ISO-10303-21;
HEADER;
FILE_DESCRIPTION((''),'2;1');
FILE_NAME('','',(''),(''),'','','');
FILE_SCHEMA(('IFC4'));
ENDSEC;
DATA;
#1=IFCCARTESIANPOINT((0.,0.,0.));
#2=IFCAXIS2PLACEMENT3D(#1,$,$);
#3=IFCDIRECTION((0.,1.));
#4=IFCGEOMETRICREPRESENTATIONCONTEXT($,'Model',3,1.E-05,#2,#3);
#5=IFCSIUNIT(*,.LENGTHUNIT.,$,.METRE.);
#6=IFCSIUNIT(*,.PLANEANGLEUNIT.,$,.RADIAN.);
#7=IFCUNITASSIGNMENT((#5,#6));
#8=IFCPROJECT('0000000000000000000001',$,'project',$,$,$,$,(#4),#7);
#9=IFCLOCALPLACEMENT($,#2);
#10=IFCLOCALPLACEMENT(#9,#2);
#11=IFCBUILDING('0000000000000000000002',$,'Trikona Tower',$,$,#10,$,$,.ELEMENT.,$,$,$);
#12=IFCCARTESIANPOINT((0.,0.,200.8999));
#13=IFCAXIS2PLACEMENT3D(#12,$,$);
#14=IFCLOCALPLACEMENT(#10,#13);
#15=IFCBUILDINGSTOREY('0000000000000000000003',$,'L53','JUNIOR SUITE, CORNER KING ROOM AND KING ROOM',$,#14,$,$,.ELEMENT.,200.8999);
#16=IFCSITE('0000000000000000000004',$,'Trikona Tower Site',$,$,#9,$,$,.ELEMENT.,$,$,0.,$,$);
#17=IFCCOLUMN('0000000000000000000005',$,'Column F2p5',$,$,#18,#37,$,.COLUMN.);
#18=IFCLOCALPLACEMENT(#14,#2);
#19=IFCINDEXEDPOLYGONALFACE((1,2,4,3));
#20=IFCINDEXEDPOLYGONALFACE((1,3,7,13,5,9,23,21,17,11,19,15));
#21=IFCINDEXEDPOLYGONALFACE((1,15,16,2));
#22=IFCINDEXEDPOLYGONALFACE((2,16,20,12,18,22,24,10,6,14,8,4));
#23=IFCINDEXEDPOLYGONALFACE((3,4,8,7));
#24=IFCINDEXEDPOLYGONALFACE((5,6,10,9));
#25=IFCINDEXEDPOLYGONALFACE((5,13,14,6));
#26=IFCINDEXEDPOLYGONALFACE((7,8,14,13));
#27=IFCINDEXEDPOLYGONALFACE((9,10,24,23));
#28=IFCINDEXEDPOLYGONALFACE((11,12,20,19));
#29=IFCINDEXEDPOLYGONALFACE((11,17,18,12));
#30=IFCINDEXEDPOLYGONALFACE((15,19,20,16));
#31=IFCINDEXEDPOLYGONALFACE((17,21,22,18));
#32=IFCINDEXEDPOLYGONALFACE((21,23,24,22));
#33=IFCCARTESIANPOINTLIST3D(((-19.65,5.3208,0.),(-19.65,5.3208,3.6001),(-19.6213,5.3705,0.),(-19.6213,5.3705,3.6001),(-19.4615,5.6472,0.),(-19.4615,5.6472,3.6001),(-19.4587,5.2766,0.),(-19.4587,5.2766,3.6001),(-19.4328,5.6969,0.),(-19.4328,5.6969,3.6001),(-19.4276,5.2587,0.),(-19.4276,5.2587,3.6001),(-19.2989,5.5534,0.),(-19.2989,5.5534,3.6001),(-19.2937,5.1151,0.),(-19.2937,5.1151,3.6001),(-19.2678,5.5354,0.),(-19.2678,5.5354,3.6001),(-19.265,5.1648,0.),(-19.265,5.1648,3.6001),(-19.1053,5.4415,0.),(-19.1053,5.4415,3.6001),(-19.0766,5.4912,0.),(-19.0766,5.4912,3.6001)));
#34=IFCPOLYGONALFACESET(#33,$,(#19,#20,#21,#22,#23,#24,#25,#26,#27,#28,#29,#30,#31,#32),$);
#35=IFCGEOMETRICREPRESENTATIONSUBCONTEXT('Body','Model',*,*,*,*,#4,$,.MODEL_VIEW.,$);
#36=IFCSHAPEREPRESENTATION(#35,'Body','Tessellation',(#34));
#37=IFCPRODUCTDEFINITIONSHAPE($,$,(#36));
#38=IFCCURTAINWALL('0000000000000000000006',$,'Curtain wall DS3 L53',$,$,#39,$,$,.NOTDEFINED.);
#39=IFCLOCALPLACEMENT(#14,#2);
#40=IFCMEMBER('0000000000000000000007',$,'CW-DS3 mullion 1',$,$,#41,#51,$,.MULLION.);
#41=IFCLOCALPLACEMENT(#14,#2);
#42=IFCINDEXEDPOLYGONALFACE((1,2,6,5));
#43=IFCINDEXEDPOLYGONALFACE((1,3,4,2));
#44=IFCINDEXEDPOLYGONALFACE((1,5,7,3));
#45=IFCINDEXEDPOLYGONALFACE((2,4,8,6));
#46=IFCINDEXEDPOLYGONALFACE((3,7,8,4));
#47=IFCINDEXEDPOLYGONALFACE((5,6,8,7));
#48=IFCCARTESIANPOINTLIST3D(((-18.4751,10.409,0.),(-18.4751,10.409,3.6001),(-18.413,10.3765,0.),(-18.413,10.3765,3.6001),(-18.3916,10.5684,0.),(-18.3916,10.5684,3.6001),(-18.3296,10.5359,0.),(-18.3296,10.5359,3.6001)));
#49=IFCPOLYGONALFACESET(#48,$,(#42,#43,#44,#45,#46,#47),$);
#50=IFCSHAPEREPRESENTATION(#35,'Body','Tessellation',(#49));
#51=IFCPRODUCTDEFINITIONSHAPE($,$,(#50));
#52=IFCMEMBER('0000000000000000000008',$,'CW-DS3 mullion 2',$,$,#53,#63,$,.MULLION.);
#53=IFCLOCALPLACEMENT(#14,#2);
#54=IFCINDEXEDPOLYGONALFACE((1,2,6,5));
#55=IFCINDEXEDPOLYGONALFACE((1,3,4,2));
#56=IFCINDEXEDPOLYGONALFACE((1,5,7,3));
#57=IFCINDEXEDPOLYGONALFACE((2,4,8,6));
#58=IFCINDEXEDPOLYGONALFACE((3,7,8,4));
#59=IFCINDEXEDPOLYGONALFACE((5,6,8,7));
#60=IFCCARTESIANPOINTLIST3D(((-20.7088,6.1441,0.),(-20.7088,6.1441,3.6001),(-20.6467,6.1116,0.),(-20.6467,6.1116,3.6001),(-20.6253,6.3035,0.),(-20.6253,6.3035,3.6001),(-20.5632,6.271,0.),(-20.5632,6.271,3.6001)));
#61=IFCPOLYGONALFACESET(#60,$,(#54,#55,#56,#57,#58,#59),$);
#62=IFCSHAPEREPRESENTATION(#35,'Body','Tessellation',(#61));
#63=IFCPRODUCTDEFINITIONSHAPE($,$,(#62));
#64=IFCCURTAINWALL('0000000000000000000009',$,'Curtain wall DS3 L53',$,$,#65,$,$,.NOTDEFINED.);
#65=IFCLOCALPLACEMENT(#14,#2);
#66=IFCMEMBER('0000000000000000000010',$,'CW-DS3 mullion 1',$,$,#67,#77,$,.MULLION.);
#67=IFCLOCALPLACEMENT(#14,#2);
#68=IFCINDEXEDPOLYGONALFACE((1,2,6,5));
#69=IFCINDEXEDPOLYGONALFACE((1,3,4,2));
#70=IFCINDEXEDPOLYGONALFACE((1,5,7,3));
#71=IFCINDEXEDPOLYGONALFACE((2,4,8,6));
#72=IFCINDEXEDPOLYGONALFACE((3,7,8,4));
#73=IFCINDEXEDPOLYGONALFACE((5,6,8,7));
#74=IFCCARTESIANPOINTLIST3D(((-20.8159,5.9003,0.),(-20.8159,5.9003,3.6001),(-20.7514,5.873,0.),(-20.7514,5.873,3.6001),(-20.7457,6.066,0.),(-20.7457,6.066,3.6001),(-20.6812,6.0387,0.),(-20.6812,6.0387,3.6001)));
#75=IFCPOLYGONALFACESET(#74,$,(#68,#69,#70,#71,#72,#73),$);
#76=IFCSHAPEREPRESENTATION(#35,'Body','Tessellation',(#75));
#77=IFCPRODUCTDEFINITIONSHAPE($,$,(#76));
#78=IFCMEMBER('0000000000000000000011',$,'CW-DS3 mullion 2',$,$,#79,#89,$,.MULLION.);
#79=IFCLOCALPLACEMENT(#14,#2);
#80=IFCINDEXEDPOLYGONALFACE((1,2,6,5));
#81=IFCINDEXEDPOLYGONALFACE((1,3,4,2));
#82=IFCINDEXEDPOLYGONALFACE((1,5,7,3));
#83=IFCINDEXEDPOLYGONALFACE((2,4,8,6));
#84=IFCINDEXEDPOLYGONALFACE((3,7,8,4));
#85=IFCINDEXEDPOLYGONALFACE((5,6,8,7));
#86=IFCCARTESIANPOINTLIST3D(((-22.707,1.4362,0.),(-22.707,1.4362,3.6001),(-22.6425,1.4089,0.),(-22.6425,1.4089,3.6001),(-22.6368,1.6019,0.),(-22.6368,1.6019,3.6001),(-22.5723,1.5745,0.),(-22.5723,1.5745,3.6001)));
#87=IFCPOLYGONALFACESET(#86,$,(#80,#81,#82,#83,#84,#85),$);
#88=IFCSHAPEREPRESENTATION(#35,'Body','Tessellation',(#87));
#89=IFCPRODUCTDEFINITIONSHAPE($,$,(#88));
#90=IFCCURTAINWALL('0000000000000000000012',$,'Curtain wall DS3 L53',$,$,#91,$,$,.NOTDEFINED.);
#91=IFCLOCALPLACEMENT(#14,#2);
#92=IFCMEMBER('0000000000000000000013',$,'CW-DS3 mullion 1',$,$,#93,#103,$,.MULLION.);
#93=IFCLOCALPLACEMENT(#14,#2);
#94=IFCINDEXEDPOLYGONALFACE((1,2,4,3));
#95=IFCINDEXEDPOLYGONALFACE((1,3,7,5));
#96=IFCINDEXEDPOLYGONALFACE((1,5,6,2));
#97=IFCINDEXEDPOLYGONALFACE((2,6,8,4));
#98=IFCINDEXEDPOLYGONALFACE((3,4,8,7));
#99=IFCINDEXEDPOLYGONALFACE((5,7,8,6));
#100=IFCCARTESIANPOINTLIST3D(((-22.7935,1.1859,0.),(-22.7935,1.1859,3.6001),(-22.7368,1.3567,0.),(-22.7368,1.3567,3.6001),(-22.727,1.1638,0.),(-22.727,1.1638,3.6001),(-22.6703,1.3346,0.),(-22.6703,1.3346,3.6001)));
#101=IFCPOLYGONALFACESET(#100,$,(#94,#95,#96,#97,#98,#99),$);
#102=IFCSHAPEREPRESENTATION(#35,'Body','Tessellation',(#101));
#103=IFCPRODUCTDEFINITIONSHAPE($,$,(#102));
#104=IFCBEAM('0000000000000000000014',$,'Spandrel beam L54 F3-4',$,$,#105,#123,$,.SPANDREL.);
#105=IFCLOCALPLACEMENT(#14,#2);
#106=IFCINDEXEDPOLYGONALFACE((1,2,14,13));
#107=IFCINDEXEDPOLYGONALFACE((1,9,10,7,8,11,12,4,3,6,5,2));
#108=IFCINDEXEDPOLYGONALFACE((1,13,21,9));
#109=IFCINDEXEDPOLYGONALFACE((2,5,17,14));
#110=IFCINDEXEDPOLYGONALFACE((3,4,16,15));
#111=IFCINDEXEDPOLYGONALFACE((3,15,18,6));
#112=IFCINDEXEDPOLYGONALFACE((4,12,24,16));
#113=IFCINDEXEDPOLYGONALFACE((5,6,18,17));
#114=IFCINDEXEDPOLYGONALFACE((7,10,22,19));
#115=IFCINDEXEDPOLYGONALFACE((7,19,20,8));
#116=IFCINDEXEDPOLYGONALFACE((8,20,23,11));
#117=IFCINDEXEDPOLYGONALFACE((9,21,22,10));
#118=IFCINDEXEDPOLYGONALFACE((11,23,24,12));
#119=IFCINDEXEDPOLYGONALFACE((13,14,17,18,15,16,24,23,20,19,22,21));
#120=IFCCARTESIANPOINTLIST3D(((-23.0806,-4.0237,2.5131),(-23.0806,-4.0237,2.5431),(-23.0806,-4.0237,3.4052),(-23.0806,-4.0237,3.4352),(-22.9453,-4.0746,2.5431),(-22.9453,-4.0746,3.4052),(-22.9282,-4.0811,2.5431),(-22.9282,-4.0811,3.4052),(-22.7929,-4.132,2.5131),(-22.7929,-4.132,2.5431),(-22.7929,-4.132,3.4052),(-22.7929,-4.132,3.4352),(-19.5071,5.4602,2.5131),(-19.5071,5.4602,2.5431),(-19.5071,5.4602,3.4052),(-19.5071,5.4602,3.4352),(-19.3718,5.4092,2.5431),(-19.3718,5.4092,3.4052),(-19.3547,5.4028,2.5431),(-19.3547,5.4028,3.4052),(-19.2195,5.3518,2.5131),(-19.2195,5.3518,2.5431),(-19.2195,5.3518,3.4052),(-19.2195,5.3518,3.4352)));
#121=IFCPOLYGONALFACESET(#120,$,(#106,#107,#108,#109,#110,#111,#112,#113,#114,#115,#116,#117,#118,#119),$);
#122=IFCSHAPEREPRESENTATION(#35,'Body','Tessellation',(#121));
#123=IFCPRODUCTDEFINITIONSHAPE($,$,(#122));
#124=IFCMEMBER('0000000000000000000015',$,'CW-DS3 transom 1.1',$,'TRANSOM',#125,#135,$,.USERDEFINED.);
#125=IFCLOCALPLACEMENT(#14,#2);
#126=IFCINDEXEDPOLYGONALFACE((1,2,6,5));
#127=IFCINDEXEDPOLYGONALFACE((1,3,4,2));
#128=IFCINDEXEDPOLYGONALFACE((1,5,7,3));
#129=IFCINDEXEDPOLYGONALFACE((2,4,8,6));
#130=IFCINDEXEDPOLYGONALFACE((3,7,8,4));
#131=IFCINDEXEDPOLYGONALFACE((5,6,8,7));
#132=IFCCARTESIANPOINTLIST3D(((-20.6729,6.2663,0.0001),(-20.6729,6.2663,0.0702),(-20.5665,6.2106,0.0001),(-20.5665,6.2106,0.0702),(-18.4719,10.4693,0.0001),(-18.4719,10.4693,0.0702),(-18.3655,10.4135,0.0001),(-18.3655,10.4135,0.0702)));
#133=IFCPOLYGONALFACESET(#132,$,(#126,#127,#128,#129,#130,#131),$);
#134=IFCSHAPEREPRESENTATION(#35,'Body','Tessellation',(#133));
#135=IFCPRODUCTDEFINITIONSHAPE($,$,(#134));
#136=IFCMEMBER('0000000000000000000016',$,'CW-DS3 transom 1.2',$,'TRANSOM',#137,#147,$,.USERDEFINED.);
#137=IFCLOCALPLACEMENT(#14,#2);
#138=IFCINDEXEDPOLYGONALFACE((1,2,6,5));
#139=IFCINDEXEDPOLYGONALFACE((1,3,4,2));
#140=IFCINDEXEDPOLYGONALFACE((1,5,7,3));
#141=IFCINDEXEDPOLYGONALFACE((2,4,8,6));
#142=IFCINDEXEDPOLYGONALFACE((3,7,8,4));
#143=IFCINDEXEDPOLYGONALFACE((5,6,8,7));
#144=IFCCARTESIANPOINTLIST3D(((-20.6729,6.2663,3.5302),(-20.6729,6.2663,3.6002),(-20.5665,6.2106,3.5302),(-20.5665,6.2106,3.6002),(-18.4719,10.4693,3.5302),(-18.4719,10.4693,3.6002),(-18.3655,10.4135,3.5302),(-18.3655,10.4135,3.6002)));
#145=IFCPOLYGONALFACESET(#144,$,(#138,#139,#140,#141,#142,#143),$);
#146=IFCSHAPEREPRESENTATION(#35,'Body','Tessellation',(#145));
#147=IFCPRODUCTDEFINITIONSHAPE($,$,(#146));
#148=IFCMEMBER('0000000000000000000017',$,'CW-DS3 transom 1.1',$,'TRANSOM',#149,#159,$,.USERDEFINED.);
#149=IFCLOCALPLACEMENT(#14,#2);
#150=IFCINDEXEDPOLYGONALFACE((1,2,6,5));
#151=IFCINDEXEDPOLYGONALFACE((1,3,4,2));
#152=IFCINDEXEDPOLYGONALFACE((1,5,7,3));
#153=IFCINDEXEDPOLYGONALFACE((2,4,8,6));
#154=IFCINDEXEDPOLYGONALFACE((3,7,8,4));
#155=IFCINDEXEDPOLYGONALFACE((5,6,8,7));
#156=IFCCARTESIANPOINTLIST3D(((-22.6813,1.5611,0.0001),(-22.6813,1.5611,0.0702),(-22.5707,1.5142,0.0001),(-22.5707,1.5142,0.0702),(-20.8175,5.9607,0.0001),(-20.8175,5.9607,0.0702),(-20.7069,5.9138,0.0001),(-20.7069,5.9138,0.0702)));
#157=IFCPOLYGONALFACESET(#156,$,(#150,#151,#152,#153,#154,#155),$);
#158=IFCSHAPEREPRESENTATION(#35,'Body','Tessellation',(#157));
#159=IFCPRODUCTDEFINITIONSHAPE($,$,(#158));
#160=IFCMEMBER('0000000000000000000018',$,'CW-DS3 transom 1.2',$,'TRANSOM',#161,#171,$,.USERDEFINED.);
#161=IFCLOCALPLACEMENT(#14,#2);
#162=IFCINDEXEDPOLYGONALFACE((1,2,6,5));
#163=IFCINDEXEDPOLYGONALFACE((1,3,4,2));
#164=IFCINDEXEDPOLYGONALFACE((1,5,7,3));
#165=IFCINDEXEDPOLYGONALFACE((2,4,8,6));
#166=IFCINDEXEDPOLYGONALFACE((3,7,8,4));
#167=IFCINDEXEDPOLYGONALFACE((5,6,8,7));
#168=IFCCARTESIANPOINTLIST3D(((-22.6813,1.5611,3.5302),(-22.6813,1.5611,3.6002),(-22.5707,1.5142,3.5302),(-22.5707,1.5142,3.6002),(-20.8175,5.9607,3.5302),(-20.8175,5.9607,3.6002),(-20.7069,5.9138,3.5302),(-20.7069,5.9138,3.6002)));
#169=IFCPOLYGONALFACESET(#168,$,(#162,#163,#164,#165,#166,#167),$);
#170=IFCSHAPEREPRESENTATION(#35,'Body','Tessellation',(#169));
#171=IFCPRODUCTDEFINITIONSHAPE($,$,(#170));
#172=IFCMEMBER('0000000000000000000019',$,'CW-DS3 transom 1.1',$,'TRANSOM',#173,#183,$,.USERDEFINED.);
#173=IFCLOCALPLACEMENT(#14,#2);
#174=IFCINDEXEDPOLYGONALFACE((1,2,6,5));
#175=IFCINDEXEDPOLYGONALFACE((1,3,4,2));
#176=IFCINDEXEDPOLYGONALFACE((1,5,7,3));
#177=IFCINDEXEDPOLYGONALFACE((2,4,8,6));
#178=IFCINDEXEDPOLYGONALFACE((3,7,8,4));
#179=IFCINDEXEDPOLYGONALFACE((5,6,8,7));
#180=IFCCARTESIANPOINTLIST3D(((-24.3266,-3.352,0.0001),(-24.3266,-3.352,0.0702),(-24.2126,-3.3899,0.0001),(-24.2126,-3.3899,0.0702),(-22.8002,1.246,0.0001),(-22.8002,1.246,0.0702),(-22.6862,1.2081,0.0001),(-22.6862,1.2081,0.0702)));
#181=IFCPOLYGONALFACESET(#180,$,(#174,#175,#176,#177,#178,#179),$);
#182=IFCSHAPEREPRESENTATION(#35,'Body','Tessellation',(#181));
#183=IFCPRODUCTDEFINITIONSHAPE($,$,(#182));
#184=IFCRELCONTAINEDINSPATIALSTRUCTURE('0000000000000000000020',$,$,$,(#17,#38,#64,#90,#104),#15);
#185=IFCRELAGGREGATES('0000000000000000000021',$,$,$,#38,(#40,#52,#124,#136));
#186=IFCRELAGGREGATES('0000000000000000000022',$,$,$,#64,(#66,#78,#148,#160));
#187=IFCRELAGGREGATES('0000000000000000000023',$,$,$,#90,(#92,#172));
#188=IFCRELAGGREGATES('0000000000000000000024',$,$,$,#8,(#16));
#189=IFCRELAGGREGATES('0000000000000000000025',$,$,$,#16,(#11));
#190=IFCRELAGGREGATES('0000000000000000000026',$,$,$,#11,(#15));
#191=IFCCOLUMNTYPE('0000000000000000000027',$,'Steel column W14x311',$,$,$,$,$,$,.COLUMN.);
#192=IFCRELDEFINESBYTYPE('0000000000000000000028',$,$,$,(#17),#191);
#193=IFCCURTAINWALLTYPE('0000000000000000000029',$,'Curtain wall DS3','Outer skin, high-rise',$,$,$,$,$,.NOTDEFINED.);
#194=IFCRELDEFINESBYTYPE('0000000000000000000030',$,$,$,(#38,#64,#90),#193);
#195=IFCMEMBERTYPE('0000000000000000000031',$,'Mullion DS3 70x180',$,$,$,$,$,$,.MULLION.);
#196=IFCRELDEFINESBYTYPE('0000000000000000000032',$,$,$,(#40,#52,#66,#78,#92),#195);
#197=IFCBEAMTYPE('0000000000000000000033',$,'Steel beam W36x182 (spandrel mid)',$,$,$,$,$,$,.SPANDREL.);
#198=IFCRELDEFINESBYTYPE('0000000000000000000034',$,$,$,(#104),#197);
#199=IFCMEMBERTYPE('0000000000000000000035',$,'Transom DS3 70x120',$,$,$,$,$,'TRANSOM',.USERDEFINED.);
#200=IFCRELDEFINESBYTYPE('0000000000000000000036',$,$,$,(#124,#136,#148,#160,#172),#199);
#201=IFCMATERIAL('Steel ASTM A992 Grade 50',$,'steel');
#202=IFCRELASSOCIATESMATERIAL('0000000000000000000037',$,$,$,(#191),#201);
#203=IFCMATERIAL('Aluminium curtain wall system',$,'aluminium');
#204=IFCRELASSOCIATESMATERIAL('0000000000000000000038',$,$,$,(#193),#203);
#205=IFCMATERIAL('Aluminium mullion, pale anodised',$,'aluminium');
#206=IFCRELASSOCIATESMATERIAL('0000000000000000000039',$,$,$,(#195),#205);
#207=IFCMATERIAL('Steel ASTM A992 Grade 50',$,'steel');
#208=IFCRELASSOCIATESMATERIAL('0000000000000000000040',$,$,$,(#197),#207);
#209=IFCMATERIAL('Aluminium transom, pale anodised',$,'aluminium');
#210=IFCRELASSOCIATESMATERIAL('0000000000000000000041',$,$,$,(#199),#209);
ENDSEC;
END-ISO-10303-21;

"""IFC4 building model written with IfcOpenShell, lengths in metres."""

from ifc_helpers import new_model, si_unit, direction, frame, origin, origin_2d, place, context, subcontext, project, spatial, rectangle, i_section, extrude, material, material_profile, profile_set, type_object, element, aggregate, save


model = new_model("IFC4")

# Units and contexts
model_context = context("Model", 3, precision=1e-05, world=origin(), true_north=direction((0.0, 1.0)))
body_context = subcontext(model_context, "Body", "Model", "MODEL_VIEW")
ifc_project = project(units=[si_unit("LENGTHUNIT", "METRE"), si_unit("PLANEANGLEUNIT", "RADIAN")], contexts=[model_context])

# Site, building, storey
site_placement = place(None, origin())
site = spatial("IfcSite", under=ifc_project, at=site_placement, Name="Trikona Tower Site", CompositionType="ELEMENT", RefElevation=0.0)
building_placement = place(site_placement, origin())
building = spatial("IfcBuilding", under=site, at=building_placement, Name="Trikona Tower", CompositionType="ELEMENT")
storey_placement = place(building_placement, frame((0.0, 0.0, 200.8999)))
storey = spatial("IfcBuildingStorey", under=building, at=storey_placement, Name="L53", Description="JUNIOR SUITE, CORNER KING ROOM AND KING ROOM", CompositionType="ELEMENT", Elevation=200.8999)

# Column
ifc_material_1 = material(Name="Steel ASTM A992 Grade 50", Category="steel")
ifc_material_profile_1 = material_profile(ifc_material_1, i_section(OverallWidth=0.4114, OverallDepth=0.4343, WebThickness=0.0359, FlangeThickness=0.0574, at=origin_2d()), Name="W14X311")
ifc_profile_set_1 = profile_set([ifc_material_profile_1], Name="Steel ASTM A992 Grade 50")
column_type = type_object("IfcColumnType", Name="Steel column W14x311", PredefinedType="COLUMN", material=ifc_profile_set_1)
column_placement = place(storey_placement, frame((-19.3633, 5.406, 0.0), z_axis=(0.0, 0.0, 1.0), x_axis=(-0.866025, 0.5, 0.0)))
element("IfcColumn", 1, at=column_placement, inside=storey, type_object=column_type, Name="Column F2p5", PredefinedType="COLUMN", context=body_context, shape_type="SweptSolid", body=[
    extrude(i_section(OverallWidth=0.4114, OverallDepth=0.4343, WebThickness=0.0359, FlangeThickness=0.0574, at=origin_2d()), origin(), (0.0, 0.0, 1.0), 3.6001),
])

# Curtain walls, members
ifc_material_2 = material(Name="Aluminium curtain wall system", Category="aluminium")
curtain_wall_type = type_object("IfcCurtainWallType", Name="Curtain wall DS3", Description="Outer skin, high-rise", PredefinedType="NOTDEFINED", material=ifc_material_2)
curtain_wall_1_placement = place(storey_placement, origin())
curtain_wall_1 = element("IfcCurtainWall", 2, at=curtain_wall_1_placement, inside=storey, type_object=curtain_wall_type, Name="Curtain wall DS3 L53", PredefinedType="NOTDEFINED")
ifc_material_3 = material(Name="Aluminium mullion, pale anodised", Category="aluminium")
ifc_material_profile_2 = material_profile(ifc_material_3, rectangle(XDim=0.0701, YDim=0.1799, at=origin_2d()), Name="MUL-DS3")
ifc_profile_set_2 = profile_set([ifc_material_profile_2], Name="Aluminium mullion, pale anodised")
member_type_1 = type_object("IfcMemberType", Name="Mullion DS3 70x180", PredefinedType="MULLION", material=ifc_profile_set_2)
member_1_placement = place(storey_placement, frame((-18.4023, 10.4724, 0.0), z_axis=(0.0, 0.0, 1.0), x_axis=(0.885862, -0.463948, 0.0)))
member_1 = element("IfcMember", 3, at=member_1_placement, type_object=member_type_1, Name="CW-DS3 mullion 1", PredefinedType="MULLION", context=body_context, shape_type="SweptSolid", body=[
    extrude(rectangle(XDim=0.0701, YDim=0.1799, at=origin_2d()), origin(), (0.0, 0.0, 1.0), 3.6001),
])
member_2_placement = place(storey_placement, frame((-20.636, 6.2075, 0.0), z_axis=(0.0, 0.0, 1.0), x_axis=(0.885862, -0.463948, 0.0)))
member_2 = element("IfcMember", 4, at=member_2_placement, type_object=member_type_1, Name="CW-DS3 mullion 2", PredefinedType="MULLION", context=body_context, shape_type="SweptSolid", body=[
    extrude(rectangle(XDim=0.0701, YDim=0.1799, at=origin_2d()), origin(), (0.0, 0.0, 1.0), 3.6001),
])
curtain_wall_2_placement = place(storey_placement, origin())
curtain_wall_2 = element("IfcCurtainWall", 5, at=curtain_wall_2_placement, inside=storey, type_object=curtain_wall_type, Name="Curtain wall DS3 L53", PredefinedType="NOTDEFINED")
member_3_placement = place(storey_placement, frame((-20.7485, 5.9695, 0.0), z_axis=(0.0, 0.0, 1.0), x_axis=(0.920792, -0.390053, 0.0)))
member_3 = element("IfcMember", 6, at=member_3_placement, type_object=member_type_1, Name="CW-DS3 mullion 1", PredefinedType="MULLION", context=body_context, shape_type="SweptSolid", body=[
    extrude(rectangle(XDim=0.0701, YDim=0.1799, at=origin_2d()), origin(), (0.0, 0.0, 1.0), 3.6001),
])
member_4_placement = place(storey_placement, frame((-22.6396, 1.5054, 0.0), z_axis=(0.0, 0.0, 1.0), x_axis=(0.920792, -0.390053, 0.0)))
member_4 = element("IfcMember", 7, at=member_4_placement, type_object=member_type_1, Name="CW-DS3 mullion 2", PredefinedType="MULLION", context=body_context, shape_type="SweptSolid", body=[
    extrude(rectangle(XDim=0.0701, YDim=0.1799, at=origin_2d()), origin(), (0.0, 0.0, 1.0), 3.6001),
])

# Curtain wall, member
curtain_wall_3_placement = place(storey_placement, origin())
curtain_wall_3 = element("IfcCurtainWall", 8, at=curtain_wall_3_placement, inside=storey, type_object=curtain_wall_type, Name="Curtain wall DS3 L53", PredefinedType="NOTDEFINED")
member_5_placement = place(storey_placement, frame((-22.7319, 1.2603, 0.0), z_axis=(0.0, 0.0, 1.0), x_axis=(0.949066, -0.315078, 0.0)))
member_5 = element("IfcMember", 9, at=member_5_placement, type_object=member_type_1, Name="CW-DS3 mullion 1", PredefinedType="MULLION", context=body_context, shape_type="SweptSolid", body=[
    extrude(rectangle(XDim=0.0701, YDim=0.1799, at=origin_2d()), origin(), (0.0, 0.0, 1.0), 3.6001),
])

# Beam
ifc_material_4 = material(Name="Steel ASTM A992 Grade 50", Category="steel")
ifc_material_profile_3 = material_profile(ifc_material_4, i_section(OverallWidth=0.3074, OverallDepth=0.9221, WebThickness=0.0183, FlangeThickness=0.03, at=origin_2d()), Name="W36X182")
ifc_profile_set_3 = profile_set([ifc_material_profile_3], Name="Steel ASTM A992 Grade 50")
beam_type = type_object("IfcBeamType", Name="Steel beam W36x182 (spandrel mid)", PredefinedType="SPANDREL", material=ifc_profile_set_3)
beam_placement = place(storey_placement, frame((-19.3633, 5.406, 2.9741), z_axis=(-0.352596, -0.935776, 0.0), x_axis=(0.935776, -0.352596, 0.0)))
element("IfcBeam", 10, at=beam_placement, inside=storey, type_object=beam_type, Name="Spandrel beam L54 F3-4", PredefinedType="SPANDREL", context=body_context, shape_type="SweptSolid", body=[
    extrude(i_section(OverallWidth=0.3074, OverallDepth=0.9221, WebThickness=0.0183, FlangeThickness=0.03, at=origin_2d()), origin(), (0.0, 0.0, 1.0), 10.1348),
])

# Members
ifc_material_5 = material(Name="Aluminium transom, pale anodised", Category="aluminium")
ifc_material_profile_4 = material_profile(ifc_material_5, rectangle(XDim=0.1201, YDim=0.0701, at=origin_2d()), Name="TRN-DS3")
ifc_profile_set_4 = profile_set([ifc_material_profile_4], Name="Aluminium transom, pale anodised")
member_type_2 = type_object("IfcMemberType", Name="Transom DS3 70x120", ElementType="TRANSOM", PredefinedType="USERDEFINED", material=ifc_profile_set_4)
member_6_placement = place(storey_placement, frame((-18.4187, 10.4414, 0.0352), z_axis=(-0.463911, -0.885882, 0.0), x_axis=(0.885882, -0.463911, 0.0)))
member_6 = element("IfcMember", 11, at=member_6_placement, type_object=member_type_2, Name="CW-DS3 transom 1.1", ObjectType="TRANSOM", PredefinedType="USERDEFINED", context=body_context, shape_type="SweptSolid", body=[
    extrude(rectangle(XDim=0.1201, YDim=0.0701, at=origin_2d()), origin(), (0.0, 0.0, 1.0), 4.7444),
])
member_7_placement = place(storey_placement, frame((-18.4187, 10.4414, 3.5652), z_axis=(-0.463911, -0.885882, 0.0), x_axis=(0.885882, -0.463911, 0.0)))
member_7 = element("IfcMember", 12, at=member_7_placement, type_object=member_type_2, Name="CW-DS3 transom 1.2", ObjectType="TRANSOM", PredefinedType="USERDEFINED", context=body_context, shape_type="SweptSolid", body=[
    extrude(rectangle(XDim=0.1201, YDim=0.0701, at=origin_2d()), origin(), (0.0, 0.0, 1.0), 4.7444),
])
member_8_placement = place(storey_placement, frame((-20.7622, 5.9373, 0.0352), z_axis=(-0.390062, -0.920789, 0.0), x_axis=(0.920789, -0.390062, 0.0)))
member_8 = element("IfcMember", 13, at=member_8_placement, type_object=member_type_2, Name="CW-DS3 transom 1.1", ObjectType="TRANSOM", PredefinedType="USERDEFINED", context=body_context, shape_type="SweptSolid", body=[
    extrude(rectangle(XDim=0.1201, YDim=0.0701, at=origin_2d()), origin(), (0.0, 0.0, 1.0), 4.7781),
])
member_9_placement = place(storey_placement, frame((-20.7622, 5.9373, 3.5652), z_axis=(-0.390062, -0.920789, 0.0), x_axis=(0.920789, -0.390062, 0.0)))
member_9 = element("IfcMember", 14, at=member_9_placement, type_object=member_type_2, Name="CW-DS3 transom 1.2", ObjectType="TRANSOM", PredefinedType="USERDEFINED", context=body_context, shape_type="SweptSolid", body=[
    extrude(rectangle(XDim=0.1201, YDim=0.0701, at=origin_2d()), origin(), (0.0, 0.0, 1.0), 4.7781),
])
member_10_placement = place(storey_placement, frame((-22.7432, 1.2271, 0.0352), z_axis=(-0.315063, -0.949071, 0.0), x_axis=(0.949071, -0.315063, 0.0)))
member_10 = element("IfcMember", 15, at=member_10_placement, type_object=member_type_2, Name="CW-DS3 transom 1.1", ObjectType="TRANSOM", PredefinedType="USERDEFINED", context=body_context, shape_type="SweptSolid", body=[
    extrude(rectangle(XDim=0.1201, YDim=0.0701, at=origin_2d()), origin(), (0.0, 0.0, 1.0), 4.8447),
])

aggregate(curtain_wall_1, [member_1, member_2, member_6, member_7])
aggregate(curtain_wall_2, [member_3, member_4, member_8, member_9])
aggregate(curtain_wall_3, [member_5, member_10])

save(model, "model.ifc")
